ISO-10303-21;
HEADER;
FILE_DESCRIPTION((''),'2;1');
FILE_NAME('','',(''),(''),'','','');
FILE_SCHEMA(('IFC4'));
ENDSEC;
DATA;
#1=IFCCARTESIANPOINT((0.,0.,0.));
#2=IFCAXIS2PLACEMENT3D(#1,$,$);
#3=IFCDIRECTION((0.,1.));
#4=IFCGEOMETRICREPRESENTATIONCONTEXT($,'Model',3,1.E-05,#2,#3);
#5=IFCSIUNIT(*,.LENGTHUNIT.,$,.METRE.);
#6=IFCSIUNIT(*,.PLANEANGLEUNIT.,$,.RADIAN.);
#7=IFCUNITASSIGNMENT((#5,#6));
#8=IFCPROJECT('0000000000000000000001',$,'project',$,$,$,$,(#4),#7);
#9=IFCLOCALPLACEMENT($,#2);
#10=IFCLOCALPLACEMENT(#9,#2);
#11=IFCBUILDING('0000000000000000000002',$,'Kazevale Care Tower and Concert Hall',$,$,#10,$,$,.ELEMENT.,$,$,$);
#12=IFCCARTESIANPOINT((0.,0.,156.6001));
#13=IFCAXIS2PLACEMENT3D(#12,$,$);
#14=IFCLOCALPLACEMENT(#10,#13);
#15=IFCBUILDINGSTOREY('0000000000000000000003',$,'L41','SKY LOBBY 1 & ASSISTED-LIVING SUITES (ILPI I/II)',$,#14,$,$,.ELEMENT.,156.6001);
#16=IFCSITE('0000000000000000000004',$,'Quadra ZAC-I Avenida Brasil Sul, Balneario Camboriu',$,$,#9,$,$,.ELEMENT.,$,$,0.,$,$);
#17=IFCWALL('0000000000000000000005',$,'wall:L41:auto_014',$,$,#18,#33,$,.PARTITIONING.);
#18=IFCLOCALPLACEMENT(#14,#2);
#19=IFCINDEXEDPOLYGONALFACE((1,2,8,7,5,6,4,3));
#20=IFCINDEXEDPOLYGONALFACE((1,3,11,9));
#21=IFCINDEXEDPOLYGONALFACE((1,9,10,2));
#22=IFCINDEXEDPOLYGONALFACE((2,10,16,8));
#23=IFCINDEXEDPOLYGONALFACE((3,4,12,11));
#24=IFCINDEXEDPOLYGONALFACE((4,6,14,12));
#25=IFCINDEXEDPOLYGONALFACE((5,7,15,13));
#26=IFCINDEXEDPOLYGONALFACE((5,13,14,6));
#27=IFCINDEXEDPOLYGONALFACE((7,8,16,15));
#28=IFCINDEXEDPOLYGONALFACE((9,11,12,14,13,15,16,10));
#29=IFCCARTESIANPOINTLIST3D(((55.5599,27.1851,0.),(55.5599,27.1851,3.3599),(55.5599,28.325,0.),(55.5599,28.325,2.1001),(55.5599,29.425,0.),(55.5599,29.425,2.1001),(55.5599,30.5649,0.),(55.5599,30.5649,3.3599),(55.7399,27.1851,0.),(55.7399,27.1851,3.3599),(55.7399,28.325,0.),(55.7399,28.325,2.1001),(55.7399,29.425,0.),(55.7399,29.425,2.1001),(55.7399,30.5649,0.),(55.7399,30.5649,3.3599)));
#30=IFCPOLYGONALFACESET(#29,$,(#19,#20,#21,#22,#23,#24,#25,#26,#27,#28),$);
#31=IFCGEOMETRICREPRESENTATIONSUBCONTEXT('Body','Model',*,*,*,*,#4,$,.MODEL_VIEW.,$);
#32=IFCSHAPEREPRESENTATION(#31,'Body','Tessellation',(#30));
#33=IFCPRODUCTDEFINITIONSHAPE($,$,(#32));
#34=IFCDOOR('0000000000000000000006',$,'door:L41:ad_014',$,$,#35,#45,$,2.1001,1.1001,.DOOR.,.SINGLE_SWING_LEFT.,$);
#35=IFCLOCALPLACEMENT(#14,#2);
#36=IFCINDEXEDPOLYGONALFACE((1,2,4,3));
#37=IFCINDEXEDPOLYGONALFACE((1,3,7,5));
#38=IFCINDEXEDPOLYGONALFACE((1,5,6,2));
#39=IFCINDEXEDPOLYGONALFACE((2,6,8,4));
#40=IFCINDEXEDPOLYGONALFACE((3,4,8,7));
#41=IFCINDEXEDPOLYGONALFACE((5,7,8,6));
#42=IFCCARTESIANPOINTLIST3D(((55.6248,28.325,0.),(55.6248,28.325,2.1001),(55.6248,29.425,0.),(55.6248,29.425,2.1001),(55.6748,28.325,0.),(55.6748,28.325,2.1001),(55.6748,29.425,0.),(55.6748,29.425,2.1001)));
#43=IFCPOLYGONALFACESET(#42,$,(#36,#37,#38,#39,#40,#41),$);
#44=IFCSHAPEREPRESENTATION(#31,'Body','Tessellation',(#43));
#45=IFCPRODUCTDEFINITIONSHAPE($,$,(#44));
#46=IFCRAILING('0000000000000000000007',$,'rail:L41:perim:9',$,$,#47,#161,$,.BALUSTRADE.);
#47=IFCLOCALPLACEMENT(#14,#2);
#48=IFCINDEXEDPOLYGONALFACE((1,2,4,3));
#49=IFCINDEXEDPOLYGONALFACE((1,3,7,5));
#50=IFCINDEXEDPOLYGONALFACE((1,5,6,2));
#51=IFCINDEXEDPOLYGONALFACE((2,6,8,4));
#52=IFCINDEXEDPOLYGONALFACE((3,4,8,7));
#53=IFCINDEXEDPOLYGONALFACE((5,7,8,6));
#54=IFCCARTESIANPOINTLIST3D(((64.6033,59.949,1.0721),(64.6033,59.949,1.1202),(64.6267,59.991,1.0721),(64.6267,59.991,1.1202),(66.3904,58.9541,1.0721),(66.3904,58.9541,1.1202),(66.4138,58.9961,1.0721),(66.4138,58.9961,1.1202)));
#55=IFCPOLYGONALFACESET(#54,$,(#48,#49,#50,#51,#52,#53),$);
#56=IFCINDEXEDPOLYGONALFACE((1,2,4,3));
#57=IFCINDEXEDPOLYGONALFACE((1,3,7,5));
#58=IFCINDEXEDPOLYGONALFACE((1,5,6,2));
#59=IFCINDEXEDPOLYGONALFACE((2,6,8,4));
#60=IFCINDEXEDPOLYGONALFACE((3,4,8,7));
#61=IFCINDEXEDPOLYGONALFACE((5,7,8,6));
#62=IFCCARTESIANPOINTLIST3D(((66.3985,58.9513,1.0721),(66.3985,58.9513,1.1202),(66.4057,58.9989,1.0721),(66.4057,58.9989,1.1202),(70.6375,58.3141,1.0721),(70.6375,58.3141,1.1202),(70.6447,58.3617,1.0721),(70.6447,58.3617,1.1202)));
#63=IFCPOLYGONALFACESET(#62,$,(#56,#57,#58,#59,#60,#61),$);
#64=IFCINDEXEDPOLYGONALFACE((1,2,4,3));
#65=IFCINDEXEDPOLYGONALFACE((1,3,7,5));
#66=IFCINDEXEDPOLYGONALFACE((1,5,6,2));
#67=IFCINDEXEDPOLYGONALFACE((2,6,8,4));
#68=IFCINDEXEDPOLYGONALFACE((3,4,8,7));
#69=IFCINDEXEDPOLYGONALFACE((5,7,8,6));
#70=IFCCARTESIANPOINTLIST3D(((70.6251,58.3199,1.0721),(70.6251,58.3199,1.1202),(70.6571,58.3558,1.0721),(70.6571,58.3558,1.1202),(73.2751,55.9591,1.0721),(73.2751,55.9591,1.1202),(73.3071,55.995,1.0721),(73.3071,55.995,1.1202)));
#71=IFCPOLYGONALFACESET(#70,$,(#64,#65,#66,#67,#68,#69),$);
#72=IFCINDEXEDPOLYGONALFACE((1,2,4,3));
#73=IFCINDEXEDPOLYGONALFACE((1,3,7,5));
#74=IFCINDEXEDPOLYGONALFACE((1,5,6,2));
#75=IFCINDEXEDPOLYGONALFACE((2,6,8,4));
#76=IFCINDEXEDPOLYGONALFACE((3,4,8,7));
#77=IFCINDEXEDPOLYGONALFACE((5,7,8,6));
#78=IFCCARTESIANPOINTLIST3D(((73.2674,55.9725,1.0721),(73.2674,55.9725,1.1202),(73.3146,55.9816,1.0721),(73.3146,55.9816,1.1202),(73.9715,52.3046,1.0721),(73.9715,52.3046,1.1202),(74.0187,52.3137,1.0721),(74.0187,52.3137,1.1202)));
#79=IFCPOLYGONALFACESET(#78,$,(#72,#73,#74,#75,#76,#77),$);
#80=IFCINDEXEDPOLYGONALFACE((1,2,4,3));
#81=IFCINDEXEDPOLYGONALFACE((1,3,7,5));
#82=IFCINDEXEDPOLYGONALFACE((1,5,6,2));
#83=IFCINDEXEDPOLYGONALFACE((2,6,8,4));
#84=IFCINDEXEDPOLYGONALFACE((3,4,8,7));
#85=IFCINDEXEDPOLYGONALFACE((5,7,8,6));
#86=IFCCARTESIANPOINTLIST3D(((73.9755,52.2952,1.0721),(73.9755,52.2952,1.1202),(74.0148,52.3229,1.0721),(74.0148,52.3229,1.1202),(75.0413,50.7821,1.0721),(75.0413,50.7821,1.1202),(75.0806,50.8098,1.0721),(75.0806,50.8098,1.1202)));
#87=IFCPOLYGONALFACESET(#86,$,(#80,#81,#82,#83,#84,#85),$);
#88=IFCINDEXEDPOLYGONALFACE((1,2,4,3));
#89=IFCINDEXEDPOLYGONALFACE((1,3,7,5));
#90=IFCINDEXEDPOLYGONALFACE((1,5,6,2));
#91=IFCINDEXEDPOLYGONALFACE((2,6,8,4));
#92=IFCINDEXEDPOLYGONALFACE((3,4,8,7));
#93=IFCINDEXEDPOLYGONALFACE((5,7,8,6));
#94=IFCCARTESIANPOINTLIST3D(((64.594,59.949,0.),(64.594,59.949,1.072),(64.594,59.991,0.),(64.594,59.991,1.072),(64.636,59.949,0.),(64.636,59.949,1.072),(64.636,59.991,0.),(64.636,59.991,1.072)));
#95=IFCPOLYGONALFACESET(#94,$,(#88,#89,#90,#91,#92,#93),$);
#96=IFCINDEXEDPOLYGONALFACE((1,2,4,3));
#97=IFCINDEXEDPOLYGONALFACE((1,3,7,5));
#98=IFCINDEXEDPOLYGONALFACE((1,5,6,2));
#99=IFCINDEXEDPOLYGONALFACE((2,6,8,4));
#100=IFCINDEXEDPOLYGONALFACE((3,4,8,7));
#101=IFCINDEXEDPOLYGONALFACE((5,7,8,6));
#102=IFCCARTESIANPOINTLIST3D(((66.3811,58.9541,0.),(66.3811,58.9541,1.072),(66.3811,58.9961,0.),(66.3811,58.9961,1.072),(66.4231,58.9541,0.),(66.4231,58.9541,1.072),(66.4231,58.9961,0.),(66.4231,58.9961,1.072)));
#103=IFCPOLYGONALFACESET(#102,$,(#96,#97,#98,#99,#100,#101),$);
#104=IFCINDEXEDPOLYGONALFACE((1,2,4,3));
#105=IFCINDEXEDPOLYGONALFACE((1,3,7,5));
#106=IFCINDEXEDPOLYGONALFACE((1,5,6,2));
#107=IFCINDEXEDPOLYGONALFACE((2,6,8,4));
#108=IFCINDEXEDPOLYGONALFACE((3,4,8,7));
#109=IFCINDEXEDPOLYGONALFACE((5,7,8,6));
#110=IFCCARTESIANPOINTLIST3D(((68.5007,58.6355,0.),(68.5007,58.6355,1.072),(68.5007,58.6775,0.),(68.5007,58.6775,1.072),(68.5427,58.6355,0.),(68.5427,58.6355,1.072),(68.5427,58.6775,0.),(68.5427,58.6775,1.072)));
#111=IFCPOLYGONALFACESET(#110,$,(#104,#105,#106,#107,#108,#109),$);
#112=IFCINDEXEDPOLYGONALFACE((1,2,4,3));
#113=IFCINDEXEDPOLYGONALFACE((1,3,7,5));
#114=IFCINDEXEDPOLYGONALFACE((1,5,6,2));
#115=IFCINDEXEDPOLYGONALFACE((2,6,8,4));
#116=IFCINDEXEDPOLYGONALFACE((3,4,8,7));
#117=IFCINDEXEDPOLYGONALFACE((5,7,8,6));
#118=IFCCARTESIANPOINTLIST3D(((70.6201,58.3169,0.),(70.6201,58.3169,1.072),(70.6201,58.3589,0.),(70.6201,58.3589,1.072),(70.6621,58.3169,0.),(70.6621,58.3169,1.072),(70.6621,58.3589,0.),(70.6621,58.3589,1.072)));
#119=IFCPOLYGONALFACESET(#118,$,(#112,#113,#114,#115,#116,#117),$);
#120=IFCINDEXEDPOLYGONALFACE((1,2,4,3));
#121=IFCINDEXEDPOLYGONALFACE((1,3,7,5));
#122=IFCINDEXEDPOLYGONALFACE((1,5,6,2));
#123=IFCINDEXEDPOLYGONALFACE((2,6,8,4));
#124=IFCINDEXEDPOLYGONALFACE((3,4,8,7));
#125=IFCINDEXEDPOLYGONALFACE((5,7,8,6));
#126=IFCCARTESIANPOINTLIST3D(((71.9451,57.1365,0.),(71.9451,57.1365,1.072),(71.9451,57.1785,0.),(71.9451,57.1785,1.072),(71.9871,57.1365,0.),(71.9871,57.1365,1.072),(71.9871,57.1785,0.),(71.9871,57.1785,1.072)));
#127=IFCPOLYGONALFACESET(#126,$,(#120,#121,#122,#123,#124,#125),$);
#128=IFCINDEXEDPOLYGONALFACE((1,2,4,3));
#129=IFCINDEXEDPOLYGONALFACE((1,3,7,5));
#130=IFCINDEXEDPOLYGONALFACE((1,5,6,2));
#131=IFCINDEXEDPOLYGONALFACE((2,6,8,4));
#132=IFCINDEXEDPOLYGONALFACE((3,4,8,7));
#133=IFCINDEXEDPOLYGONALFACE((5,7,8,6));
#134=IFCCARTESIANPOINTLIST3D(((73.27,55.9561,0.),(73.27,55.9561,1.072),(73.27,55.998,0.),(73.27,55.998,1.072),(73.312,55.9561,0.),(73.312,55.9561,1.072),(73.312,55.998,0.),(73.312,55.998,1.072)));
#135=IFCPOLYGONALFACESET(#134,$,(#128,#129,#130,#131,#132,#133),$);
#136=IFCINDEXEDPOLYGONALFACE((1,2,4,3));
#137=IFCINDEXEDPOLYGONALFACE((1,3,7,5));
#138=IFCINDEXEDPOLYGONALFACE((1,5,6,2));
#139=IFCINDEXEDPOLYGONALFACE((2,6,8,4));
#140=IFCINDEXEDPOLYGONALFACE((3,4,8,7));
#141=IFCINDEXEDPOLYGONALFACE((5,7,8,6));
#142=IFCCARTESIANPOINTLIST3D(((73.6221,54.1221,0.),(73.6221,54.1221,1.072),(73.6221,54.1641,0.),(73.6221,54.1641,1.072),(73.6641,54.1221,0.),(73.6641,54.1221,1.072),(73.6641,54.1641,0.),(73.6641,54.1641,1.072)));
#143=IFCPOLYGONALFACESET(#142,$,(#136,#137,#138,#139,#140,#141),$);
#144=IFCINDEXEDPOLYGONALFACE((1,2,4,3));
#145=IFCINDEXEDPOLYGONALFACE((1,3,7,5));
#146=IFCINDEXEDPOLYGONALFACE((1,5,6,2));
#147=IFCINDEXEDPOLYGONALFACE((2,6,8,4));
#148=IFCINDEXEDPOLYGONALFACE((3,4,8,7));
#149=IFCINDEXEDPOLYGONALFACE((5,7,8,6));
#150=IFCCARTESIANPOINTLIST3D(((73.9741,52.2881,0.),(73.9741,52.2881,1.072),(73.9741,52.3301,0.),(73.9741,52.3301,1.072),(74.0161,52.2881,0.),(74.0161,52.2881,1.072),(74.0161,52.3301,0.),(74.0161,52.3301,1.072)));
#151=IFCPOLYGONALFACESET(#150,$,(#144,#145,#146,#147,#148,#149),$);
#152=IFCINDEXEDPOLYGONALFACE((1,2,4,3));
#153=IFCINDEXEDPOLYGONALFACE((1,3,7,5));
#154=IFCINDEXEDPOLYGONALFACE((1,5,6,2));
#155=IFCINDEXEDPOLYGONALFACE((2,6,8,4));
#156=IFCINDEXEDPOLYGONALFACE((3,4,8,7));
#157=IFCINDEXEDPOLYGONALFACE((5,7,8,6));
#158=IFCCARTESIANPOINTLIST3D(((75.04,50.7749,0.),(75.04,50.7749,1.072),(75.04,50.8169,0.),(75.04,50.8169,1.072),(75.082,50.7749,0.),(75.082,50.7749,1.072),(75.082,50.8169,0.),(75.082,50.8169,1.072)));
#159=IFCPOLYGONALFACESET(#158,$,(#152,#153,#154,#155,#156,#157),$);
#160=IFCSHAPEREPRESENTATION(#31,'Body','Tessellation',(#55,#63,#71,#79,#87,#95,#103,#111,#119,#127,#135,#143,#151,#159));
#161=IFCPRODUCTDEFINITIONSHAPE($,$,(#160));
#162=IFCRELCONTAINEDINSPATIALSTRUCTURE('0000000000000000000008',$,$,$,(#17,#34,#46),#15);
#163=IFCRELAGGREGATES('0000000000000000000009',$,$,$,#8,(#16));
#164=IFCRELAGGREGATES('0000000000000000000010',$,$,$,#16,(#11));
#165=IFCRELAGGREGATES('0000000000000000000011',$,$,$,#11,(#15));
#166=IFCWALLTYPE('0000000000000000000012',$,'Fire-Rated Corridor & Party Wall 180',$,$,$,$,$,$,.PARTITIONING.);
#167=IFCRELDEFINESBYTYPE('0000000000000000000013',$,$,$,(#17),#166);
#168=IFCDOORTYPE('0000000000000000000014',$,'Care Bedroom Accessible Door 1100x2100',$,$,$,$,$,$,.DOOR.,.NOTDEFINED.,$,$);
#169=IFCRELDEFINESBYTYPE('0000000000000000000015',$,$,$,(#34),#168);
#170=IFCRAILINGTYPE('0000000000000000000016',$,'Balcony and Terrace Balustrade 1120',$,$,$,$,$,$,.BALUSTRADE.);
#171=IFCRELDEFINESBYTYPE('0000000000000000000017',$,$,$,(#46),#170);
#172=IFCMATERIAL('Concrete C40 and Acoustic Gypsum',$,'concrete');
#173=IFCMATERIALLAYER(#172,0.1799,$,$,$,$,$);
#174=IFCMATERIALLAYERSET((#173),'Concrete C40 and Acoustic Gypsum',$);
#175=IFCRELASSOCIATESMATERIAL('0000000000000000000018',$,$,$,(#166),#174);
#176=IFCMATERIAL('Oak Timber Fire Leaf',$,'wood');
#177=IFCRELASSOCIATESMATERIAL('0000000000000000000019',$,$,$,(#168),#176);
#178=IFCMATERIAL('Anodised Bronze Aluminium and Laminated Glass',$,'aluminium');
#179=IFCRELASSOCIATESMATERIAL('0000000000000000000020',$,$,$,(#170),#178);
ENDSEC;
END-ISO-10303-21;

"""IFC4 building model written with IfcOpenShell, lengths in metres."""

from ifc_helpers import new_model, si_unit, direction, frame, frame_2d, origin, origin_2d, place, context, subcontext, project, spatial, rectangle, extrude, material, layer, layer_set, type_object, element, fill, save


model = new_model("IFC4")

# Units and contexts
model_context = context("Model", 3, precision=1e-05, world=origin(), true_north=direction((0.0, 1.0)))
body_context = subcontext(model_context, "Body", "Model", "MODEL_VIEW")
ifc_project = project(units=[si_unit("LENGTHUNIT", "METRE"), si_unit("PLANEANGLEUNIT", "RADIAN")], contexts=[model_context])

# Site, building, storey
site_placement = place(None, origin())
site = spatial("IfcSite", under=ifc_project, at=site_placement, Name="Quadra ZAC-I Avenida Brasil Sul, Balneario Camboriu", CompositionType="ELEMENT", RefElevation=0.0)
building_placement = place(site_placement, origin())
building = spatial("IfcBuilding", under=site, at=building_placement, Name="Kazevale Care Tower and Concert Hall", CompositionType="ELEMENT")
storey_placement = place(building_placement, frame((0.0, 0.0, 156.6001)))
storey = spatial("IfcBuildingStorey", under=building, at=storey_placement, Name="L41", Description="SKY LOBBY 1 & ASSISTED-LIVING SUITES (ILPI I/II)", CompositionType="ELEMENT", Elevation=156.6001)

# Wall, opening, door
ifc_material_1 = material(Name="Concrete C40 and Acoustic Gypsum", Category="concrete")
ifc_layer_1 = layer(ifc_material_1, 0.1799)
ifc_layer_set_1 = layer_set([ifc_layer_1], Name="Concrete C40 and Acoustic Gypsum")
wall_type_1 = type_object("IfcWallType", Name="Fire-Rated Corridor & Party Wall 180", PredefinedType="PARTITIONING", material=ifc_layer_set_1)
ifc_material_2 = material(Name="Oak Timber Fire Leaf", Category="wood")
door_type = type_object("IfcDoorType", Name="Care Bedroom Accessible Door 1100x2100", OperationType="NOTDEFINED", PredefinedType="DOOR", material=ifc_material_2)
wall_1_placement = place(storey_placement, frame((55.6499, 30.5649, 0.0), z_axis=(0.0, 0.0, 1.0), x_axis=(0.0, -1.0, 0.0)))
wall_1 = element("IfcWall", 1, at=wall_1_placement, inside=storey, type_object=wall_type_1, Name="wall:L41:auto_014", PredefinedType="PARTITIONING", context=body_context, shape_type="SweptSolid", body=[
    extrude(rectangle(XDim=3.3799, YDim=0.1799, at=frame_2d((1.6899, 0.0))), origin(), (0.0, 0.0, 1.0), 3.3599),
])
opening_1_placement = place(wall_1_placement, frame((1.1399, 0.0, 0.0)))
opening_1 = element("IfcOpeningElement", 2, at=opening_1_placement, cuts=wall_1, PredefinedType="OPENING", context=body_context, shape_type="SweptSolid", body=[
    extrude(rectangle(XDim=1.1001, YDim=2.1001, at=frame_2d((0.55, 1.05))), frame((0.0, 0.0999, 0.0), z_axis=(0.0, -1.0, 0.0), x_axis=(1.0, 0.0, 0.0)), (0.0, 0.0, 1.0), 0.2),
])
door_1_placement = place(opening_1_placement, origin())
door_1 = element("IfcDoor", 3, at=door_1_placement, inside=storey, type_object=door_type, Name="door:L41:ad_014", OperationType="SINGLE_SWING_LEFT", OverallHeight=2.1001, OverallWidth=1.1001, PredefinedType="DOOR", context=body_context, shape_type="SweptSolid", body=[
    extrude(rectangle(XDim=1.1001, YDim=2.1001, at=frame_2d((0.55, 1.05))), frame((0.0, 0.0249, 0.0), z_axis=(0.0, -1.0, 0.0), x_axis=(1.0, 0.0, 0.0)), (0.0, 0.0, 1.0), 0.05),
])
fill(opening_1, door_1)

# Railing
ifc_material_3 = material(Name="Anodised Bronze Aluminium and Laminated Glass", Category="aluminium")
railing_type = type_object("IfcRailingType", Name="Balcony and Terrace Balustrade 1120", PredefinedType="BALUSTRADE", material=ifc_material_3)
railing_1_placement = place(storey_placement, frame((64.615, 59.97, 0.0)))
element("IfcRailing", 4, at=railing_1_placement, inside=storey, type_object=railing_type, Name="rail:L41:perim:9", PredefinedType="BALUSTRADE", context=body_context, shape_type="SweptSolid", body=[
    extrude(rectangle(XDim=0.0481, YDim=0.0481, at=origin_2d()), frame((0.0, 0.0, 1.0962), z_axis=(0.873735, -0.486403, 0.0), x_axis=(0.486403, 0.873735, 0.0)), (0.0, 0.0, 1.0), 2.0454),
    extrude(rectangle(XDim=0.0481, YDim=0.0481, at=origin_2d()), frame((1.7871, -0.9949, 1.0962), z_axis=(0.98889, -0.14865, 0.0), x_axis=(0.14865, 0.98889, 0.0)), (0.0, 0.0, 1.0), 4.2866),
    extrude(rectangle(XDim=0.0481, YDim=0.0481, at=origin_2d()), frame((6.0261, -1.6321, 1.0962), z_axis=(0.746657, -0.665209, 0.0), x_axis=(0.665209, 0.746657, 0.0)), (0.0, 0.0, 1.0), 3.5491),
    extrude(rectangle(XDim=0.0481, YDim=0.0481, at=origin_2d()), frame((8.676, -3.9929, 1.0962), z_axis=(0.188518, -0.98207, 0.0), x_axis=(0.98207, 0.188518, 0.0)), (0.0, 0.0, 1.0), 3.7349),
    extrude(rectangle(XDim=0.0481, YDim=0.0481, at=origin_2d()), frame((9.3801, -7.6609, 1.0962), z_axis=(0.575885, -0.81753, 0.0), x_axis=(0.81753, 0.575885, 0.0)), (0.0, 0.0, 1.0), 1.8508),
    extrude(rectangle(XDim=0.042, YDim=0.042, at=origin_2d()), origin(), (0.0, 0.0, 1.0), 1.072),
    extrude(rectangle(XDim=0.042, YDim=0.042, at=origin_2d()), frame((1.7871, -0.9949, 0.0)), (0.0, 0.0, 1.0), 1.072),
    extrude(rectangle(XDim=0.042, YDim=0.042, at=origin_2d()), frame((3.9067, -1.3135, 0.0)), (0.0, 0.0, 1.0), 1.072),
    extrude(rectangle(XDim=0.042, YDim=0.042, at=origin_2d()), frame((6.0261, -1.6321, 0.0)), (0.0, 0.0, 1.0), 1.072),
    extrude(rectangle(XDim=0.042, YDim=0.042, at=origin_2d()), frame((7.3511, -2.8125, 0.0)), (0.0, 0.0, 1.0), 1.072),
    extrude(rectangle(XDim=0.042, YDim=0.042, at=origin_2d()), frame((8.676, -3.9929, 0.0)), (0.0, 0.0, 1.0), 1.072),
    extrude(rectangle(XDim=0.042, YDim=0.042, at=origin_2d()), frame((9.0281, -5.8269, 0.0)), (0.0, 0.0, 1.0), 1.072),
    extrude(rectangle(XDim=0.042, YDim=0.042, at=origin_2d()), frame((9.3801, -7.6609, 0.0)), (0.0, 0.0, 1.0), 1.072),
    extrude(rectangle(XDim=0.042, YDim=0.042, at=origin_2d()), frame((10.446, -9.1741, 0.0)), (0.0, 0.0, 1.0), 1.072),
])

save(model, "model.ifc")
